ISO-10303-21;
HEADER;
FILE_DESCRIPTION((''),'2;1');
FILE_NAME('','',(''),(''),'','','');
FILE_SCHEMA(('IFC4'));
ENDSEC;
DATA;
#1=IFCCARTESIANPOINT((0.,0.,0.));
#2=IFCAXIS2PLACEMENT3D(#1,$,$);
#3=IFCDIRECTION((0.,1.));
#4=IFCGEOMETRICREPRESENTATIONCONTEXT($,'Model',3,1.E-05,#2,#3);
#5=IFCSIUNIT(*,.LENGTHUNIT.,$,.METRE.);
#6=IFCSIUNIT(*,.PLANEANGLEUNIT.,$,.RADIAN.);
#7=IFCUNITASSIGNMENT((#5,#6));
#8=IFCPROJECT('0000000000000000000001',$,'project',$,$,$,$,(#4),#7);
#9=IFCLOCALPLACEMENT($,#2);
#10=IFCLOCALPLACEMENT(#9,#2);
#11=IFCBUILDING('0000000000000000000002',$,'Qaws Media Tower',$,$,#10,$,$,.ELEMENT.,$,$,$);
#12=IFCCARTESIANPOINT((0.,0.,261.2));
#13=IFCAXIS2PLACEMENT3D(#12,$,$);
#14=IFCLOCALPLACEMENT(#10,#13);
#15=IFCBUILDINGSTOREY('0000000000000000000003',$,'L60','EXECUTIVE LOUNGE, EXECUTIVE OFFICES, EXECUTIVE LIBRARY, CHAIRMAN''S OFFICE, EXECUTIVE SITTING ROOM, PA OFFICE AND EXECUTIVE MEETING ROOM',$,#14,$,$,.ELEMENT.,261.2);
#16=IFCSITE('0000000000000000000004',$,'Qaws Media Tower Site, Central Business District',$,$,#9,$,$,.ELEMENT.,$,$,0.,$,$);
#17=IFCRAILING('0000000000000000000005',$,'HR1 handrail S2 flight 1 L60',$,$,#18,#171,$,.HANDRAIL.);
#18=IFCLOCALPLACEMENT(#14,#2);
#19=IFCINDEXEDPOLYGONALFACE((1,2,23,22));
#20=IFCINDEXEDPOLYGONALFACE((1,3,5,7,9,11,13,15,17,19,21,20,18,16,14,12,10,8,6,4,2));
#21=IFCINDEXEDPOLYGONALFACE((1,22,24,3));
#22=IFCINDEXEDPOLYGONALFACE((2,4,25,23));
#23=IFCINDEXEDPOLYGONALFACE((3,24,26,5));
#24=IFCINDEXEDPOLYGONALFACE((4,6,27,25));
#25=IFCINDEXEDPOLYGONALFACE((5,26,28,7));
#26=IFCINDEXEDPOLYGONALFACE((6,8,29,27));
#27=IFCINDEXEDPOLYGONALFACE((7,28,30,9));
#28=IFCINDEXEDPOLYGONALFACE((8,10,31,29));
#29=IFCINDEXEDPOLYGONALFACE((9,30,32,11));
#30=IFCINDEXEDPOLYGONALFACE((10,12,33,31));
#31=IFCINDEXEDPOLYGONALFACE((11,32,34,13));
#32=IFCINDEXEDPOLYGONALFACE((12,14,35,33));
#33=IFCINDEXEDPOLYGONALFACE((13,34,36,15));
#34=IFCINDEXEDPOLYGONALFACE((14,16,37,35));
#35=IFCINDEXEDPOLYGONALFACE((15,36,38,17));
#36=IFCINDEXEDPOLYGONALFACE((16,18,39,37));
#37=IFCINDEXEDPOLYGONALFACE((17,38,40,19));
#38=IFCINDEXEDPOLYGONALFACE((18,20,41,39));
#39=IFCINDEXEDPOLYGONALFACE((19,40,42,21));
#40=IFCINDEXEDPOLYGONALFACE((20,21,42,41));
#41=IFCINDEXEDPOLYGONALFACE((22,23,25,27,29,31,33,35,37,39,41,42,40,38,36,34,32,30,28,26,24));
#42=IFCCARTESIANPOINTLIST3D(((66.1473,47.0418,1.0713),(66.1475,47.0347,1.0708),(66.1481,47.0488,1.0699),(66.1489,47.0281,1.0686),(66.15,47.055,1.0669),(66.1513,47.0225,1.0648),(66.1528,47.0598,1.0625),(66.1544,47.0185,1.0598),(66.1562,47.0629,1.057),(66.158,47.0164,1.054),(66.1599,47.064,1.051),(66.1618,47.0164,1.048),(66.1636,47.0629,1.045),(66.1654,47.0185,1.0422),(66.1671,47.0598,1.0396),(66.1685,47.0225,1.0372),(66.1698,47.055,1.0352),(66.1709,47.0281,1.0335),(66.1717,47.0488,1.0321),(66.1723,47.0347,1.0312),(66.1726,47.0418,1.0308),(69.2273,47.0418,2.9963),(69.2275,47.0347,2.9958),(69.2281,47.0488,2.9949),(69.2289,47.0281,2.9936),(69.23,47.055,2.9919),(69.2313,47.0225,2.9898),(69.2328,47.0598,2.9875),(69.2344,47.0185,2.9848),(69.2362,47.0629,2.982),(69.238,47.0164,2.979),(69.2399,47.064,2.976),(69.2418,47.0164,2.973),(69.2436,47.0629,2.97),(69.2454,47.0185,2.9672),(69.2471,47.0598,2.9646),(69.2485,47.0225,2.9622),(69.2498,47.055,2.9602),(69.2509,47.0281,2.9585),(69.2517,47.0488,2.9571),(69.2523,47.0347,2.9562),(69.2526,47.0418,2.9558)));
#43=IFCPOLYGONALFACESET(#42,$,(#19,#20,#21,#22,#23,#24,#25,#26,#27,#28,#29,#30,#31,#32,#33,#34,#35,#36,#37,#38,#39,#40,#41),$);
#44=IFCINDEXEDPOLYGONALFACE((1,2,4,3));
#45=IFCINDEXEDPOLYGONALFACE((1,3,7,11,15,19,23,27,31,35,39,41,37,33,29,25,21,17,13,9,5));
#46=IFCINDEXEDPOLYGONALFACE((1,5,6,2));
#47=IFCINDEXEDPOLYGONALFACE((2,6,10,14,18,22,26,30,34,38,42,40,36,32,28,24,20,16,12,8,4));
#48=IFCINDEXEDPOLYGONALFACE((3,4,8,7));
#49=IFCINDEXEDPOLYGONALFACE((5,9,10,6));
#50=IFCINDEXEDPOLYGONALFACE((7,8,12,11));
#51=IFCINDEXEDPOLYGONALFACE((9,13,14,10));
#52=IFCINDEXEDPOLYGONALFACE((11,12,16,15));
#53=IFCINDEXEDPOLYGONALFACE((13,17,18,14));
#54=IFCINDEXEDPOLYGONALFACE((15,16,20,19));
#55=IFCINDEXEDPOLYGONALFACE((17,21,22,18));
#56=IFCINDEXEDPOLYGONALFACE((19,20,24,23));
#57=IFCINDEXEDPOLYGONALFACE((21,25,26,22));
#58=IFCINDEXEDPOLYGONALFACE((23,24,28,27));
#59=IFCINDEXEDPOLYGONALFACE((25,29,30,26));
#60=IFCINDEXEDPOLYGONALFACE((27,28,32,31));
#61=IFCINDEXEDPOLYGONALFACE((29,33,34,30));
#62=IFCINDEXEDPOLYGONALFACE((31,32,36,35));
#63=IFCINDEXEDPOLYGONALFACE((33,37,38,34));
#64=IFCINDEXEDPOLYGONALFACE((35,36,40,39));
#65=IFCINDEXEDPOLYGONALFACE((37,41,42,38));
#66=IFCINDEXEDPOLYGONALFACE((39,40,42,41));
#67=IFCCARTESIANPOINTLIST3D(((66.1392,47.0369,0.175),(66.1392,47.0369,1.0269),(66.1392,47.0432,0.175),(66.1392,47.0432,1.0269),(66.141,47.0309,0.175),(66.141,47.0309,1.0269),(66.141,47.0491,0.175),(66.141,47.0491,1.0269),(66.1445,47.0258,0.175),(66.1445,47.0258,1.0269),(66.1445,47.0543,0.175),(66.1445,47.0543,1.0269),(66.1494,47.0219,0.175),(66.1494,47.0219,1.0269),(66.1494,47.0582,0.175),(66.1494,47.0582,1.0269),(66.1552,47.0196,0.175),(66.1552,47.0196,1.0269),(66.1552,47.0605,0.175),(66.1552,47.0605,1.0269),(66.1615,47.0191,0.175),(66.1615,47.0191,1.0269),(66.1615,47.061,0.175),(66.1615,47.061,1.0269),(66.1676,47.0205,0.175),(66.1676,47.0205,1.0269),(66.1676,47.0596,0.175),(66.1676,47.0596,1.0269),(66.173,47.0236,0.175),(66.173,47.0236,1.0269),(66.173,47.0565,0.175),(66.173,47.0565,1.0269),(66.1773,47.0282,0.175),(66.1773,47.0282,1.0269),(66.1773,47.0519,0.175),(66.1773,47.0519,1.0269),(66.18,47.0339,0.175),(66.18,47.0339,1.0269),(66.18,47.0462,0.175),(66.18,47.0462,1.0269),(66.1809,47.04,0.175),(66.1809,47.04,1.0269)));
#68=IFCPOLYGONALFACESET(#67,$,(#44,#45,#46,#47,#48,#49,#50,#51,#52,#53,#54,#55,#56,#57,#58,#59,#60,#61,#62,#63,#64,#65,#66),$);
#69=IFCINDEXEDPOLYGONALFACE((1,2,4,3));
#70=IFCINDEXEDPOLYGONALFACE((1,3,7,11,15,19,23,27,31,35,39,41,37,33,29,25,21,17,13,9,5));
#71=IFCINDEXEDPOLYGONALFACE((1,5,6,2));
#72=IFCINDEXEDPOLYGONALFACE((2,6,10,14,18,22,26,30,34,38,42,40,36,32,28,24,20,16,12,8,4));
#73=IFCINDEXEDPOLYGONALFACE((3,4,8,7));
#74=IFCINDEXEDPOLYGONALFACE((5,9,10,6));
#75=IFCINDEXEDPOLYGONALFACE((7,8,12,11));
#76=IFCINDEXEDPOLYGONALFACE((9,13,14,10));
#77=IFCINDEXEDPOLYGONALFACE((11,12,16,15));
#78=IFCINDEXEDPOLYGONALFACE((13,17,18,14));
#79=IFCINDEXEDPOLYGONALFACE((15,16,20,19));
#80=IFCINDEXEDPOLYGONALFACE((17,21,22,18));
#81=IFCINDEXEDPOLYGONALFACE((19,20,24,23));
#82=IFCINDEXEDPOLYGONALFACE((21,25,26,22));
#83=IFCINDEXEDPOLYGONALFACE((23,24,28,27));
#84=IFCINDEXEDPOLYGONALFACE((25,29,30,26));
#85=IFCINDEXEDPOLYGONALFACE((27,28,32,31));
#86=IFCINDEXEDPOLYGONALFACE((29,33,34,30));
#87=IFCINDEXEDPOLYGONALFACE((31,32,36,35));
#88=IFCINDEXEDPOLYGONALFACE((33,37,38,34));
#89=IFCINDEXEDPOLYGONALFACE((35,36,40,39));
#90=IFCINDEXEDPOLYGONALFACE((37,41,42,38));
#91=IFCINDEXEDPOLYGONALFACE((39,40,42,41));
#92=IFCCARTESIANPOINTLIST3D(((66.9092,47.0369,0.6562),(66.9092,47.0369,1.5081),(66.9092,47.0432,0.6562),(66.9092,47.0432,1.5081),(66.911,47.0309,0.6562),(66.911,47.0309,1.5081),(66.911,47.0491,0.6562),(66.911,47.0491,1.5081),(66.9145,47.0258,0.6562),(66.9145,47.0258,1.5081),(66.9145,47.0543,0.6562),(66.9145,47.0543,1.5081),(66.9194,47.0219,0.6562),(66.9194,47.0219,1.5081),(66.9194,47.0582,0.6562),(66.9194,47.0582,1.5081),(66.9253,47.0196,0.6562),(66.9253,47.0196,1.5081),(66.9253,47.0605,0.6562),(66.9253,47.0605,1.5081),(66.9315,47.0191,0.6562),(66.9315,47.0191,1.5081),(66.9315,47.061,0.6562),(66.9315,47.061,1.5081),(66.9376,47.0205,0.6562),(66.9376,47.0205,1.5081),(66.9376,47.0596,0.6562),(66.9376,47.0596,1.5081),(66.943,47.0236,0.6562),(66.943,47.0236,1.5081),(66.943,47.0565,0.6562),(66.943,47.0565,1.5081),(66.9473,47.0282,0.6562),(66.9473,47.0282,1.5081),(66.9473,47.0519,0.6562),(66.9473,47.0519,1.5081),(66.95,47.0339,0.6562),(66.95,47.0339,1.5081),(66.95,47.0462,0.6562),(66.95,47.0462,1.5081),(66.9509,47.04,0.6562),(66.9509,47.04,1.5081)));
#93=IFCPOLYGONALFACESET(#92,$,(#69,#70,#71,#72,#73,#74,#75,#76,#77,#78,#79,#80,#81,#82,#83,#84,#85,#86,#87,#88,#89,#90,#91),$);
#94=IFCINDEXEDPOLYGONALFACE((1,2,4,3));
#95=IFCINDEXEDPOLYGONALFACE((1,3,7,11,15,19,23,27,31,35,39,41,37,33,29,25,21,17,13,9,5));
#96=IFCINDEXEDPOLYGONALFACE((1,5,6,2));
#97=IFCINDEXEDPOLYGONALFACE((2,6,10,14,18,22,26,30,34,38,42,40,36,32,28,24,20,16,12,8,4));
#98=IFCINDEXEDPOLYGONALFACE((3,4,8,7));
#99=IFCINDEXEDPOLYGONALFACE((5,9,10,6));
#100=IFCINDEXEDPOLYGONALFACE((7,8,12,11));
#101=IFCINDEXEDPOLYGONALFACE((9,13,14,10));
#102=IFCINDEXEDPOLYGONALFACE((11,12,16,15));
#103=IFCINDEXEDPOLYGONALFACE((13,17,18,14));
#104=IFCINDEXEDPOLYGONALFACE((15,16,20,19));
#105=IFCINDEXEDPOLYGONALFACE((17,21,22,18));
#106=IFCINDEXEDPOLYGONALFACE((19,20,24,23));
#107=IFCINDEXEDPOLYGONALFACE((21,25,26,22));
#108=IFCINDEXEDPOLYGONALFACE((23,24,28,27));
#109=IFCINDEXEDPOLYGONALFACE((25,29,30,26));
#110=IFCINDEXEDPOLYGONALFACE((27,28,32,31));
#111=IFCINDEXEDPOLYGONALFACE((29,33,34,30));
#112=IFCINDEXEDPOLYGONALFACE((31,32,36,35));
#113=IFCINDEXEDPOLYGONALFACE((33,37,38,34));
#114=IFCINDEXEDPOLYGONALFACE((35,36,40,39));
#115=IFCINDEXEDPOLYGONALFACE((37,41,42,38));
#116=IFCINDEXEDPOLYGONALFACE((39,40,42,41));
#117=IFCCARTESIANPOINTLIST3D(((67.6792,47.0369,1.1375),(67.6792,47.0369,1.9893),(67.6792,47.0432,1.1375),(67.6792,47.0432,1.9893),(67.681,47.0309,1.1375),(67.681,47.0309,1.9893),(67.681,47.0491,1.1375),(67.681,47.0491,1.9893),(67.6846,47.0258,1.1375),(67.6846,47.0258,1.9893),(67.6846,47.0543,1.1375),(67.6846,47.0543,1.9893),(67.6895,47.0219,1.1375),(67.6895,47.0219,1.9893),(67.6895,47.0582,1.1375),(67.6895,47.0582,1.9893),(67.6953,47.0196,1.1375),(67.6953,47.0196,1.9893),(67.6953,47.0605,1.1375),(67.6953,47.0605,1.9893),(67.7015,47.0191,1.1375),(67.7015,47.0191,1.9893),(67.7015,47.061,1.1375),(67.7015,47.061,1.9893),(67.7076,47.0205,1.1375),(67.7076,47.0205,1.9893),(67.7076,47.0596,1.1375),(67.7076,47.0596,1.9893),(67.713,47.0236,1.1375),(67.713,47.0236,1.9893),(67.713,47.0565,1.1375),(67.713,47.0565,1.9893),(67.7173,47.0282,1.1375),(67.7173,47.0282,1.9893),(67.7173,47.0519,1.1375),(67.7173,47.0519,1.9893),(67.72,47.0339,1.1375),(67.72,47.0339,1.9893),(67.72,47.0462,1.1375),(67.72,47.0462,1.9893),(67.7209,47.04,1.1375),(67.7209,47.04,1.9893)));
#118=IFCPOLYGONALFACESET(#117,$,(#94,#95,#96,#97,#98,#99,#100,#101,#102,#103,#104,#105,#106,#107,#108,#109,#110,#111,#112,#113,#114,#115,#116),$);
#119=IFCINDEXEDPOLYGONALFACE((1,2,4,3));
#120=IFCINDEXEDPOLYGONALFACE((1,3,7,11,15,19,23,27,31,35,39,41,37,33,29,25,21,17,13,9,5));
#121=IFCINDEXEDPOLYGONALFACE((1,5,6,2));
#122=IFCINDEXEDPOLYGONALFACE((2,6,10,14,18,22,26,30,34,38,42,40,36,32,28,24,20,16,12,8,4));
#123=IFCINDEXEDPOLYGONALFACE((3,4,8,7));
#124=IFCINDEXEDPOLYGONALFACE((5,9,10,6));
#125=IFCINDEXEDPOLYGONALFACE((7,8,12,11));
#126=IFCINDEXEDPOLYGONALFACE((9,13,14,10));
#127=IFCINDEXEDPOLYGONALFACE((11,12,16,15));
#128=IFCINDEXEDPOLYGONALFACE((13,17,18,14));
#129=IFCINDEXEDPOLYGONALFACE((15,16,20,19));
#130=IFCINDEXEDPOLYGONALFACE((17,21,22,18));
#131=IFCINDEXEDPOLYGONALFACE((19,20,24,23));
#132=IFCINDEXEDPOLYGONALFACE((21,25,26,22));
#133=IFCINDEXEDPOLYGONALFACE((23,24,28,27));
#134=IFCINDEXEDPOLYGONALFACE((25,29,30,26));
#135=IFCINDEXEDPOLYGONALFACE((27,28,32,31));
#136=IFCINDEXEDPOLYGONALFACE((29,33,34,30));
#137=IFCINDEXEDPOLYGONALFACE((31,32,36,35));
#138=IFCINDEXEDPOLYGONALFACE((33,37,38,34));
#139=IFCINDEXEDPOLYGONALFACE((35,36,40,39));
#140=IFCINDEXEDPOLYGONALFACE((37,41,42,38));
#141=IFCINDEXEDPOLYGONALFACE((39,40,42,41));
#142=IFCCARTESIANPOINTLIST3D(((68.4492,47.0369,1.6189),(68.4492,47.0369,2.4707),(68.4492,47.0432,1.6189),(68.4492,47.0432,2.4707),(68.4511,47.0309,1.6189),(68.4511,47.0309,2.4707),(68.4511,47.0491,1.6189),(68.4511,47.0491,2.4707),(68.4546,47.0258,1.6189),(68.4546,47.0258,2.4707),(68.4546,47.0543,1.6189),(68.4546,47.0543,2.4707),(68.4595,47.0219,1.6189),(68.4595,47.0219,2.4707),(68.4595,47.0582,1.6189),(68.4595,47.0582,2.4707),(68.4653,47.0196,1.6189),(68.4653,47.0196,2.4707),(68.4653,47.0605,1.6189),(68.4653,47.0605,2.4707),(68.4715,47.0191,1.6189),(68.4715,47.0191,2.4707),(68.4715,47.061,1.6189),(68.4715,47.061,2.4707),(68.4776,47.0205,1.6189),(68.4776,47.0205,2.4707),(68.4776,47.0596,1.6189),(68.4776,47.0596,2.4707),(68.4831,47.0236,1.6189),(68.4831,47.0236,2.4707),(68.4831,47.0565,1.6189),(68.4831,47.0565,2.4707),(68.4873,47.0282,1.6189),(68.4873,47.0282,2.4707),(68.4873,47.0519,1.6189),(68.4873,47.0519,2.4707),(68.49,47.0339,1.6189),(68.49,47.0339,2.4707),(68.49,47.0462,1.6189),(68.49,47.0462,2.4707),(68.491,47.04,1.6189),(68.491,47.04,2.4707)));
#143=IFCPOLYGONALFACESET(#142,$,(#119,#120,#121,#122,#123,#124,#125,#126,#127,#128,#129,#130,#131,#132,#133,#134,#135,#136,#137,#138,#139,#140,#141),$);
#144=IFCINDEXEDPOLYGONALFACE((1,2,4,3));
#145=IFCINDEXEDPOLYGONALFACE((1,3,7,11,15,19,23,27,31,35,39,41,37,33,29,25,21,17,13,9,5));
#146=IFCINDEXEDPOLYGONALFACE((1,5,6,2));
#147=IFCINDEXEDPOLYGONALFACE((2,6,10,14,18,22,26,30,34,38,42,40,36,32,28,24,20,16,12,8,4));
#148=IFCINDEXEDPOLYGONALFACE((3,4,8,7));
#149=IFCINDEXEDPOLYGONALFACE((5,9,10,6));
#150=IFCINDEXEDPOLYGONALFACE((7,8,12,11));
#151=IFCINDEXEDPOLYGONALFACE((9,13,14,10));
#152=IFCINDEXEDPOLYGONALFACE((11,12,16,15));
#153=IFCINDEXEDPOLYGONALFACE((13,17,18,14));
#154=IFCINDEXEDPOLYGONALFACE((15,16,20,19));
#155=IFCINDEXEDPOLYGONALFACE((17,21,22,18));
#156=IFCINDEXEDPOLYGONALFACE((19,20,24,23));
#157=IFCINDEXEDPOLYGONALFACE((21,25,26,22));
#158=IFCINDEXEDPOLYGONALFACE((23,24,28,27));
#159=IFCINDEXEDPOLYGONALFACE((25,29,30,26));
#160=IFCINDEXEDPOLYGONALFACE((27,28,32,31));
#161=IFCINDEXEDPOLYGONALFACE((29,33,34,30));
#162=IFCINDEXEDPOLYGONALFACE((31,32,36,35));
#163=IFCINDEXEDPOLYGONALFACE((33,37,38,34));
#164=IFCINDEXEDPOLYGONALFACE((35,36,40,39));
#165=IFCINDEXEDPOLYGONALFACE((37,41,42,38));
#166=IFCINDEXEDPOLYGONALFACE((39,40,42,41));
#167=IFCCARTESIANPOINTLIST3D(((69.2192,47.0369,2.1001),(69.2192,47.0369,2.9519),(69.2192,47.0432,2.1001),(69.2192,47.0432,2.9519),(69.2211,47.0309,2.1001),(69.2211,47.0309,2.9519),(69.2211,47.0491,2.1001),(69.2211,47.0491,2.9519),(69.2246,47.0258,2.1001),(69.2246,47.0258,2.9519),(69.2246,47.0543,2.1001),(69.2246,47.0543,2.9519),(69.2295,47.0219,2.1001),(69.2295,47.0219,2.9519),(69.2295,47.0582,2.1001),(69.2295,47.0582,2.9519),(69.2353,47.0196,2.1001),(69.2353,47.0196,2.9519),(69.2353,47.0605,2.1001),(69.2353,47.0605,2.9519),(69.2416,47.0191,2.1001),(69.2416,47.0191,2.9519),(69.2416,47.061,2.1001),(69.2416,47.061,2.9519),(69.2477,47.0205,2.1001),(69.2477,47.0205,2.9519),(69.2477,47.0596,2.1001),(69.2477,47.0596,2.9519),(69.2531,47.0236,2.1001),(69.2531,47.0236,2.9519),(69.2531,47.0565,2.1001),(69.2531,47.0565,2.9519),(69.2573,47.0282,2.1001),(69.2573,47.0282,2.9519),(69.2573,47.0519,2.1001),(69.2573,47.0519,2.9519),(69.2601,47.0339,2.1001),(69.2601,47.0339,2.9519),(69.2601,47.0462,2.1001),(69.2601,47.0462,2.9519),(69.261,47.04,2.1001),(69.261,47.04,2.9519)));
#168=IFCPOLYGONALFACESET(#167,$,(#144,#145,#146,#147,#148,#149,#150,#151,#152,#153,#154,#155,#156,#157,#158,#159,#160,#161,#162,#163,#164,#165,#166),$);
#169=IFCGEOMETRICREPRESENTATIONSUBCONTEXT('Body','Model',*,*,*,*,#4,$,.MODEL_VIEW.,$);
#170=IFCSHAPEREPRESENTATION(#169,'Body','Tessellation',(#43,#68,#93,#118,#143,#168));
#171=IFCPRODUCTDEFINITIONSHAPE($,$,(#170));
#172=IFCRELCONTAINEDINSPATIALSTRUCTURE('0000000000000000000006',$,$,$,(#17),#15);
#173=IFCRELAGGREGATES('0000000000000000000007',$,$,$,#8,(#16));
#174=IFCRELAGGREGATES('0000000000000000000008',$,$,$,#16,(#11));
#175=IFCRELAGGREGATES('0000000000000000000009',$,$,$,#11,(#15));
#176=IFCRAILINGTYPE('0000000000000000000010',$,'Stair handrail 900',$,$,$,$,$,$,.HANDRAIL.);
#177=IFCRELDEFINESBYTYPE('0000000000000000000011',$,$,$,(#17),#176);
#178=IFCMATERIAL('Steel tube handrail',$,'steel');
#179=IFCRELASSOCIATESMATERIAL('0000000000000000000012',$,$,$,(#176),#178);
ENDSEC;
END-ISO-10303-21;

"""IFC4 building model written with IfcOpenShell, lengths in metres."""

from ifc_helpers import new_model, si_unit, direction, frame, origin, origin_2d, place, context, subcontext, project, spatial, circle, extrude, material, type_object, element, save


model = new_model("IFC4")

# Units and contexts
model_context = context("Model", 3, precision=1e-05, world=origin(), true_north=direction((0.0, 1.0)))
body_context = subcontext(model_context, "Body", "Model", "MODEL_VIEW")
ifc_project = project(units=[si_unit("LENGTHUNIT", "METRE"), si_unit("PLANEANGLEUNIT", "RADIAN")], contexts=[model_context])

# Site, building, storey
site_placement = place(None, origin())
site = spatial("IfcSite", under=ifc_project, at=site_placement, Name="Qaws Media Tower Site, Central Business District", CompositionType="ELEMENT", RefElevation=0.0)
building_placement = place(site_placement, origin())
building = spatial("IfcBuilding", under=site, at=building_placement, Name="Qaws Media Tower", CompositionType="ELEMENT")
storey_placement = place(building_placement, frame((0.0, 0.0, 261.2)))
storey = spatial("IfcBuildingStorey", under=building, at=storey_placement, Name="L60", Description="EXECUTIVE LOUNGE, EXECUTIVE OFFICES, EXECUTIVE LIBRARY, CHAIRMAN'S OFFICE, EXECUTIVE SITTING ROOM, PA OFFICE AND EXECUTIVE MEETING ROOM", CompositionType="ELEMENT", Elevation=261.2)

# Railing
ifc_material_1 = material(Name="Steel tube handrail", Category="steel")
railing_type = type_object("IfcRailingType", Name="Stair handrail 900", PredefinedType="HANDRAIL", material=ifc_material_1)
for number, where, name in (
    (1, (66.1599, 47.04, 0.175), "HR1 handrail S2 flight 1 L60"),
):
    element("IfcRailing", number, at=place(storey_placement, frame(where)), inside=storey, type_object=railing_type, Name=name, PredefinedType="HANDRAIL", context=body_context, shape_type="SweptSolid", body=[
        extrude(circle(Radius=0.0239, at=origin_2d()), frame((0.0, 0.0, 0.876), z_axis=(0.847998, 0.0, 0.529999), x_axis=(0.0, 1.0, 0.0)), (0.0, 0.0, 1.0), 3.6321),
        extrude(circle(Radius=0.021, at=origin_2d()), origin(), (0.0, 0.0, 1.0), 0.8518),
        extrude(circle(Radius=0.021, at=origin_2d()), frame((0.77, 0.0, 0.4812)), (0.0, 0.0, 1.0), 0.8518),
        extrude(circle(Radius=0.021, at=origin_2d()), frame((1.54, 0.0, 0.9624)), (0.0, 0.0, 1.0), 0.8518),
        extrude(circle(Radius=0.021, at=origin_2d()), frame((2.3101, 0.0, 1.4438)), (0.0, 0.0, 1.0), 0.8518),
        extrude(circle(Radius=0.021, at=origin_2d()), frame((3.0801, 0.0, 1.925)), (0.0, 0.0, 1.0), 0.8518),
    ])

save(model, "model.ifc")
